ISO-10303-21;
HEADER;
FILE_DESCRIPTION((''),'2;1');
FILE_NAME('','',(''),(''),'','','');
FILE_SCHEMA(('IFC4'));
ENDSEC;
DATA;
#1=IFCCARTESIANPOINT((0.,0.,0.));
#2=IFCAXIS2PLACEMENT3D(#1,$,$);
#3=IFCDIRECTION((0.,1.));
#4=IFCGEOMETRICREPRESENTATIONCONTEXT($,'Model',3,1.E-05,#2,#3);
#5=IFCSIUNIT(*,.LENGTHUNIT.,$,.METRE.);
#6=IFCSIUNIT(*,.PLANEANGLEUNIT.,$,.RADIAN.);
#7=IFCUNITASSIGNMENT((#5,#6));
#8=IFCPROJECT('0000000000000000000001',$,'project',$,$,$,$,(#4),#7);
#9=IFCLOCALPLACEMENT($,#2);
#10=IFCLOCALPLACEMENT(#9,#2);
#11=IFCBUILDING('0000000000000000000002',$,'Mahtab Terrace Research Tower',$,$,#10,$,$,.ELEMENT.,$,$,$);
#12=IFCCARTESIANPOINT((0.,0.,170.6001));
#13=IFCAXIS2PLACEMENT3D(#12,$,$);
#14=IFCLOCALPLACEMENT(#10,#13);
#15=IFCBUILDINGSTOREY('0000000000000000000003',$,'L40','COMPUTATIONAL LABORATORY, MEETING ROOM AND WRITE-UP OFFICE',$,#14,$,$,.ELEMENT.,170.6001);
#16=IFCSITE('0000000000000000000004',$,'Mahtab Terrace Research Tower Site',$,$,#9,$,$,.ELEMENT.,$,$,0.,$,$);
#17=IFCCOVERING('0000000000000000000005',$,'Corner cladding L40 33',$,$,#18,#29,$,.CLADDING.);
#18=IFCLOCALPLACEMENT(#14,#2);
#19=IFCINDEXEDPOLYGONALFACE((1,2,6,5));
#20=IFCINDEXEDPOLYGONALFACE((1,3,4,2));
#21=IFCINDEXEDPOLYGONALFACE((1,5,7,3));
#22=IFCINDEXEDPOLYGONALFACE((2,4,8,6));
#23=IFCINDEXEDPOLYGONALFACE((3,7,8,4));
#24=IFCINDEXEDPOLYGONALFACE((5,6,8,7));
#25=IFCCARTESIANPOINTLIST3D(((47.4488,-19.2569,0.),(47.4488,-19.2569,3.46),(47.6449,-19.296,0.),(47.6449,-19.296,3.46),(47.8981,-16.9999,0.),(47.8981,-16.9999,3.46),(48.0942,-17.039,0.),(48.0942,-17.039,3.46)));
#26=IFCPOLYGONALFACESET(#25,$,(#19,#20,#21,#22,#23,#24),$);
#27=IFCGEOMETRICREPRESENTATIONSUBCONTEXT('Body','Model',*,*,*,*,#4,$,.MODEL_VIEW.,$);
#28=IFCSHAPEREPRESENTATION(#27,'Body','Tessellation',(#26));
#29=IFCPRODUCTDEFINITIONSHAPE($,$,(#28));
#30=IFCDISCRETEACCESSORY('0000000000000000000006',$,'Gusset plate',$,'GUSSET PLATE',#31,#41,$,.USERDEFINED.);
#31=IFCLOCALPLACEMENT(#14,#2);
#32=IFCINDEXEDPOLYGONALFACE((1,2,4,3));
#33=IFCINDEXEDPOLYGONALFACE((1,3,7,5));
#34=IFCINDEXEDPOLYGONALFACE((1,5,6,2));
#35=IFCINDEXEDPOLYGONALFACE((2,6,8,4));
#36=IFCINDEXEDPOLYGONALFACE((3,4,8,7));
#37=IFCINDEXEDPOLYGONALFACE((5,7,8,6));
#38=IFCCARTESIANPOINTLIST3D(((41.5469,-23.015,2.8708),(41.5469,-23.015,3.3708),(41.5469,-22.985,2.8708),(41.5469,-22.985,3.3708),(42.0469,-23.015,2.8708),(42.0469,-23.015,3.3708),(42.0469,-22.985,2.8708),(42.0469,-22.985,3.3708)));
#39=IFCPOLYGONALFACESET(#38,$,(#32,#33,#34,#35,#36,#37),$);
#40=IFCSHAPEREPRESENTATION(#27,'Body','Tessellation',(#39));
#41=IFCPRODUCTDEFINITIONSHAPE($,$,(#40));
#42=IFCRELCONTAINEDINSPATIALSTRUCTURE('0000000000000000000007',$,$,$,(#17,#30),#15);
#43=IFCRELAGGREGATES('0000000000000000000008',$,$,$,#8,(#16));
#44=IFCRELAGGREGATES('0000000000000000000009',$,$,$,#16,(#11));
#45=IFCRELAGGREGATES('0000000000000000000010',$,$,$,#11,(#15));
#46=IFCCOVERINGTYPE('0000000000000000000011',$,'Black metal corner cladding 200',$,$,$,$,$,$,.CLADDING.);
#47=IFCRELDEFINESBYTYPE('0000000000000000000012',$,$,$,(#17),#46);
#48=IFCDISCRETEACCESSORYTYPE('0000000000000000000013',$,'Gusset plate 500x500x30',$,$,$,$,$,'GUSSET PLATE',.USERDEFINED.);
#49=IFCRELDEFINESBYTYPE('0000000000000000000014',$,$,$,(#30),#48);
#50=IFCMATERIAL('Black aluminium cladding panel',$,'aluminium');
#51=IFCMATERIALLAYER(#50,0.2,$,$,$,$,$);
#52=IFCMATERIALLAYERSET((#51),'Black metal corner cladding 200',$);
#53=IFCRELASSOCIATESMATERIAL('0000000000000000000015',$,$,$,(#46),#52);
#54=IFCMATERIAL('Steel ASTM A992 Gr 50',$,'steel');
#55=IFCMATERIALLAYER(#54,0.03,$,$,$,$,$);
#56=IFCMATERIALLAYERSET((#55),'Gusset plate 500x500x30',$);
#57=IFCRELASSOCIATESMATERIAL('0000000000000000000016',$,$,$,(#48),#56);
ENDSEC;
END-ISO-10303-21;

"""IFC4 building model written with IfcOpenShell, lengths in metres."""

from ifc_helpers import new_model, si_unit, direction, frame, origin, origin_2d, place, context, subcontext, project, spatial, rectangle, extrude, material, layer, layer_set, type_object, element, save


model = new_model("IFC4")

# Units and contexts
model_context = context("Model", 3, precision=1e-05, world=origin(), true_north=direction((0.0, 1.0)))
body_context = subcontext(model_context, "Body", "Model", "MODEL_VIEW")
ifc_project = project(units=[si_unit("LENGTHUNIT", "METRE"), si_unit("PLANEANGLEUNIT", "RADIAN")], contexts=[model_context])

# Site, building, storey
site_placement = place(None, origin())
site = spatial("IfcSite", under=ifc_project, at=site_placement, Name="Mahtab Terrace Research Tower Site", CompositionType="ELEMENT", RefElevation=0.0)
building_placement = place(site_placement, origin())
building = spatial("IfcBuilding", under=site, at=building_placement, Name="Mahtab Terrace Research Tower", CompositionType="ELEMENT")
storey_placement = place(building_placement, frame((0.0, 0.0, 170.6001)))
storey = spatial("IfcBuildingStorey", under=building, at=storey_placement, Name="L40", Description="COMPUTATIONAL LABORATORY, MEETING ROOM AND WRITE-UP OFFICE", CompositionType="ELEMENT", Elevation=170.6001)

# Shared definitions
ifc_material_1 = material(Name="Steel ASTM A992 Gr 50", Category="steel")

# Covering
ifc_material_2 = material(Name="Black aluminium cladding panel", Category="aluminium")
ifc_layer_1 = layer(ifc_material_2, 0.2)
ifc_layer_set_1 = layer_set([ifc_layer_1], Name="Black metal corner cladding 200")
covering_type = type_object("IfcCoveringType", Name="Black metal corner cladding 200", PredefinedType="CLADDING", material=ifc_layer_set_1)
for number, where, z_axis, x_axis, name in (
    (1, (47.7715, -18.1479, 0.0), (0.0, 0.0, 1.0), (0.195212, 0.980761, 0.0), "Corner cladding L40 33"),
):
    element("IfcCovering", number, at=place(storey_placement, frame(where, z_axis=z_axis, x_axis=x_axis)), inside=storey, type_object=covering_type, Name=name, PredefinedType="CLADDING", context=body_context, shape_type="SweptSolid", body=[
        extrude(rectangle(XDim=2.3013, YDim=0.2, at=origin_2d()), origin(), (0.0, 0.0, 1.0), 3.46),
    ])

# Discrete accessory
ifc_layer_2 = layer(ifc_material_1, 0.03)
ifc_layer_set_2 = layer_set([ifc_layer_2], Name="Gusset plate 500x500x30")
discrete_accessory_type = type_object("IfcDiscreteAccessoryType", Name="Gusset plate 500x500x30", ElementType="GUSSET PLATE", PredefinedType="USERDEFINED", material=ifc_layer_set_2)
discrete_accessory_placement = place(storey_placement, frame((41.7969, -23.0, 2.8708), z_axis=(0.0, 0.0, 1.0), x_axis=(1.0, 0.0, 0.0)))
element("IfcDiscreteAccessory", 2, at=discrete_accessory_placement, inside=storey, type_object=discrete_accessory_type, Name="Gusset plate", ObjectType="GUSSET PLATE", PredefinedType="USERDEFINED", context=body_context, shape_type="SweptSolid", body=[
    extrude(rectangle(XDim=0.5, YDim=0.03, at=origin_2d()), origin(), (0.0, 0.0, 1.0), 0.5),
])

save(model, "model.ifc")
